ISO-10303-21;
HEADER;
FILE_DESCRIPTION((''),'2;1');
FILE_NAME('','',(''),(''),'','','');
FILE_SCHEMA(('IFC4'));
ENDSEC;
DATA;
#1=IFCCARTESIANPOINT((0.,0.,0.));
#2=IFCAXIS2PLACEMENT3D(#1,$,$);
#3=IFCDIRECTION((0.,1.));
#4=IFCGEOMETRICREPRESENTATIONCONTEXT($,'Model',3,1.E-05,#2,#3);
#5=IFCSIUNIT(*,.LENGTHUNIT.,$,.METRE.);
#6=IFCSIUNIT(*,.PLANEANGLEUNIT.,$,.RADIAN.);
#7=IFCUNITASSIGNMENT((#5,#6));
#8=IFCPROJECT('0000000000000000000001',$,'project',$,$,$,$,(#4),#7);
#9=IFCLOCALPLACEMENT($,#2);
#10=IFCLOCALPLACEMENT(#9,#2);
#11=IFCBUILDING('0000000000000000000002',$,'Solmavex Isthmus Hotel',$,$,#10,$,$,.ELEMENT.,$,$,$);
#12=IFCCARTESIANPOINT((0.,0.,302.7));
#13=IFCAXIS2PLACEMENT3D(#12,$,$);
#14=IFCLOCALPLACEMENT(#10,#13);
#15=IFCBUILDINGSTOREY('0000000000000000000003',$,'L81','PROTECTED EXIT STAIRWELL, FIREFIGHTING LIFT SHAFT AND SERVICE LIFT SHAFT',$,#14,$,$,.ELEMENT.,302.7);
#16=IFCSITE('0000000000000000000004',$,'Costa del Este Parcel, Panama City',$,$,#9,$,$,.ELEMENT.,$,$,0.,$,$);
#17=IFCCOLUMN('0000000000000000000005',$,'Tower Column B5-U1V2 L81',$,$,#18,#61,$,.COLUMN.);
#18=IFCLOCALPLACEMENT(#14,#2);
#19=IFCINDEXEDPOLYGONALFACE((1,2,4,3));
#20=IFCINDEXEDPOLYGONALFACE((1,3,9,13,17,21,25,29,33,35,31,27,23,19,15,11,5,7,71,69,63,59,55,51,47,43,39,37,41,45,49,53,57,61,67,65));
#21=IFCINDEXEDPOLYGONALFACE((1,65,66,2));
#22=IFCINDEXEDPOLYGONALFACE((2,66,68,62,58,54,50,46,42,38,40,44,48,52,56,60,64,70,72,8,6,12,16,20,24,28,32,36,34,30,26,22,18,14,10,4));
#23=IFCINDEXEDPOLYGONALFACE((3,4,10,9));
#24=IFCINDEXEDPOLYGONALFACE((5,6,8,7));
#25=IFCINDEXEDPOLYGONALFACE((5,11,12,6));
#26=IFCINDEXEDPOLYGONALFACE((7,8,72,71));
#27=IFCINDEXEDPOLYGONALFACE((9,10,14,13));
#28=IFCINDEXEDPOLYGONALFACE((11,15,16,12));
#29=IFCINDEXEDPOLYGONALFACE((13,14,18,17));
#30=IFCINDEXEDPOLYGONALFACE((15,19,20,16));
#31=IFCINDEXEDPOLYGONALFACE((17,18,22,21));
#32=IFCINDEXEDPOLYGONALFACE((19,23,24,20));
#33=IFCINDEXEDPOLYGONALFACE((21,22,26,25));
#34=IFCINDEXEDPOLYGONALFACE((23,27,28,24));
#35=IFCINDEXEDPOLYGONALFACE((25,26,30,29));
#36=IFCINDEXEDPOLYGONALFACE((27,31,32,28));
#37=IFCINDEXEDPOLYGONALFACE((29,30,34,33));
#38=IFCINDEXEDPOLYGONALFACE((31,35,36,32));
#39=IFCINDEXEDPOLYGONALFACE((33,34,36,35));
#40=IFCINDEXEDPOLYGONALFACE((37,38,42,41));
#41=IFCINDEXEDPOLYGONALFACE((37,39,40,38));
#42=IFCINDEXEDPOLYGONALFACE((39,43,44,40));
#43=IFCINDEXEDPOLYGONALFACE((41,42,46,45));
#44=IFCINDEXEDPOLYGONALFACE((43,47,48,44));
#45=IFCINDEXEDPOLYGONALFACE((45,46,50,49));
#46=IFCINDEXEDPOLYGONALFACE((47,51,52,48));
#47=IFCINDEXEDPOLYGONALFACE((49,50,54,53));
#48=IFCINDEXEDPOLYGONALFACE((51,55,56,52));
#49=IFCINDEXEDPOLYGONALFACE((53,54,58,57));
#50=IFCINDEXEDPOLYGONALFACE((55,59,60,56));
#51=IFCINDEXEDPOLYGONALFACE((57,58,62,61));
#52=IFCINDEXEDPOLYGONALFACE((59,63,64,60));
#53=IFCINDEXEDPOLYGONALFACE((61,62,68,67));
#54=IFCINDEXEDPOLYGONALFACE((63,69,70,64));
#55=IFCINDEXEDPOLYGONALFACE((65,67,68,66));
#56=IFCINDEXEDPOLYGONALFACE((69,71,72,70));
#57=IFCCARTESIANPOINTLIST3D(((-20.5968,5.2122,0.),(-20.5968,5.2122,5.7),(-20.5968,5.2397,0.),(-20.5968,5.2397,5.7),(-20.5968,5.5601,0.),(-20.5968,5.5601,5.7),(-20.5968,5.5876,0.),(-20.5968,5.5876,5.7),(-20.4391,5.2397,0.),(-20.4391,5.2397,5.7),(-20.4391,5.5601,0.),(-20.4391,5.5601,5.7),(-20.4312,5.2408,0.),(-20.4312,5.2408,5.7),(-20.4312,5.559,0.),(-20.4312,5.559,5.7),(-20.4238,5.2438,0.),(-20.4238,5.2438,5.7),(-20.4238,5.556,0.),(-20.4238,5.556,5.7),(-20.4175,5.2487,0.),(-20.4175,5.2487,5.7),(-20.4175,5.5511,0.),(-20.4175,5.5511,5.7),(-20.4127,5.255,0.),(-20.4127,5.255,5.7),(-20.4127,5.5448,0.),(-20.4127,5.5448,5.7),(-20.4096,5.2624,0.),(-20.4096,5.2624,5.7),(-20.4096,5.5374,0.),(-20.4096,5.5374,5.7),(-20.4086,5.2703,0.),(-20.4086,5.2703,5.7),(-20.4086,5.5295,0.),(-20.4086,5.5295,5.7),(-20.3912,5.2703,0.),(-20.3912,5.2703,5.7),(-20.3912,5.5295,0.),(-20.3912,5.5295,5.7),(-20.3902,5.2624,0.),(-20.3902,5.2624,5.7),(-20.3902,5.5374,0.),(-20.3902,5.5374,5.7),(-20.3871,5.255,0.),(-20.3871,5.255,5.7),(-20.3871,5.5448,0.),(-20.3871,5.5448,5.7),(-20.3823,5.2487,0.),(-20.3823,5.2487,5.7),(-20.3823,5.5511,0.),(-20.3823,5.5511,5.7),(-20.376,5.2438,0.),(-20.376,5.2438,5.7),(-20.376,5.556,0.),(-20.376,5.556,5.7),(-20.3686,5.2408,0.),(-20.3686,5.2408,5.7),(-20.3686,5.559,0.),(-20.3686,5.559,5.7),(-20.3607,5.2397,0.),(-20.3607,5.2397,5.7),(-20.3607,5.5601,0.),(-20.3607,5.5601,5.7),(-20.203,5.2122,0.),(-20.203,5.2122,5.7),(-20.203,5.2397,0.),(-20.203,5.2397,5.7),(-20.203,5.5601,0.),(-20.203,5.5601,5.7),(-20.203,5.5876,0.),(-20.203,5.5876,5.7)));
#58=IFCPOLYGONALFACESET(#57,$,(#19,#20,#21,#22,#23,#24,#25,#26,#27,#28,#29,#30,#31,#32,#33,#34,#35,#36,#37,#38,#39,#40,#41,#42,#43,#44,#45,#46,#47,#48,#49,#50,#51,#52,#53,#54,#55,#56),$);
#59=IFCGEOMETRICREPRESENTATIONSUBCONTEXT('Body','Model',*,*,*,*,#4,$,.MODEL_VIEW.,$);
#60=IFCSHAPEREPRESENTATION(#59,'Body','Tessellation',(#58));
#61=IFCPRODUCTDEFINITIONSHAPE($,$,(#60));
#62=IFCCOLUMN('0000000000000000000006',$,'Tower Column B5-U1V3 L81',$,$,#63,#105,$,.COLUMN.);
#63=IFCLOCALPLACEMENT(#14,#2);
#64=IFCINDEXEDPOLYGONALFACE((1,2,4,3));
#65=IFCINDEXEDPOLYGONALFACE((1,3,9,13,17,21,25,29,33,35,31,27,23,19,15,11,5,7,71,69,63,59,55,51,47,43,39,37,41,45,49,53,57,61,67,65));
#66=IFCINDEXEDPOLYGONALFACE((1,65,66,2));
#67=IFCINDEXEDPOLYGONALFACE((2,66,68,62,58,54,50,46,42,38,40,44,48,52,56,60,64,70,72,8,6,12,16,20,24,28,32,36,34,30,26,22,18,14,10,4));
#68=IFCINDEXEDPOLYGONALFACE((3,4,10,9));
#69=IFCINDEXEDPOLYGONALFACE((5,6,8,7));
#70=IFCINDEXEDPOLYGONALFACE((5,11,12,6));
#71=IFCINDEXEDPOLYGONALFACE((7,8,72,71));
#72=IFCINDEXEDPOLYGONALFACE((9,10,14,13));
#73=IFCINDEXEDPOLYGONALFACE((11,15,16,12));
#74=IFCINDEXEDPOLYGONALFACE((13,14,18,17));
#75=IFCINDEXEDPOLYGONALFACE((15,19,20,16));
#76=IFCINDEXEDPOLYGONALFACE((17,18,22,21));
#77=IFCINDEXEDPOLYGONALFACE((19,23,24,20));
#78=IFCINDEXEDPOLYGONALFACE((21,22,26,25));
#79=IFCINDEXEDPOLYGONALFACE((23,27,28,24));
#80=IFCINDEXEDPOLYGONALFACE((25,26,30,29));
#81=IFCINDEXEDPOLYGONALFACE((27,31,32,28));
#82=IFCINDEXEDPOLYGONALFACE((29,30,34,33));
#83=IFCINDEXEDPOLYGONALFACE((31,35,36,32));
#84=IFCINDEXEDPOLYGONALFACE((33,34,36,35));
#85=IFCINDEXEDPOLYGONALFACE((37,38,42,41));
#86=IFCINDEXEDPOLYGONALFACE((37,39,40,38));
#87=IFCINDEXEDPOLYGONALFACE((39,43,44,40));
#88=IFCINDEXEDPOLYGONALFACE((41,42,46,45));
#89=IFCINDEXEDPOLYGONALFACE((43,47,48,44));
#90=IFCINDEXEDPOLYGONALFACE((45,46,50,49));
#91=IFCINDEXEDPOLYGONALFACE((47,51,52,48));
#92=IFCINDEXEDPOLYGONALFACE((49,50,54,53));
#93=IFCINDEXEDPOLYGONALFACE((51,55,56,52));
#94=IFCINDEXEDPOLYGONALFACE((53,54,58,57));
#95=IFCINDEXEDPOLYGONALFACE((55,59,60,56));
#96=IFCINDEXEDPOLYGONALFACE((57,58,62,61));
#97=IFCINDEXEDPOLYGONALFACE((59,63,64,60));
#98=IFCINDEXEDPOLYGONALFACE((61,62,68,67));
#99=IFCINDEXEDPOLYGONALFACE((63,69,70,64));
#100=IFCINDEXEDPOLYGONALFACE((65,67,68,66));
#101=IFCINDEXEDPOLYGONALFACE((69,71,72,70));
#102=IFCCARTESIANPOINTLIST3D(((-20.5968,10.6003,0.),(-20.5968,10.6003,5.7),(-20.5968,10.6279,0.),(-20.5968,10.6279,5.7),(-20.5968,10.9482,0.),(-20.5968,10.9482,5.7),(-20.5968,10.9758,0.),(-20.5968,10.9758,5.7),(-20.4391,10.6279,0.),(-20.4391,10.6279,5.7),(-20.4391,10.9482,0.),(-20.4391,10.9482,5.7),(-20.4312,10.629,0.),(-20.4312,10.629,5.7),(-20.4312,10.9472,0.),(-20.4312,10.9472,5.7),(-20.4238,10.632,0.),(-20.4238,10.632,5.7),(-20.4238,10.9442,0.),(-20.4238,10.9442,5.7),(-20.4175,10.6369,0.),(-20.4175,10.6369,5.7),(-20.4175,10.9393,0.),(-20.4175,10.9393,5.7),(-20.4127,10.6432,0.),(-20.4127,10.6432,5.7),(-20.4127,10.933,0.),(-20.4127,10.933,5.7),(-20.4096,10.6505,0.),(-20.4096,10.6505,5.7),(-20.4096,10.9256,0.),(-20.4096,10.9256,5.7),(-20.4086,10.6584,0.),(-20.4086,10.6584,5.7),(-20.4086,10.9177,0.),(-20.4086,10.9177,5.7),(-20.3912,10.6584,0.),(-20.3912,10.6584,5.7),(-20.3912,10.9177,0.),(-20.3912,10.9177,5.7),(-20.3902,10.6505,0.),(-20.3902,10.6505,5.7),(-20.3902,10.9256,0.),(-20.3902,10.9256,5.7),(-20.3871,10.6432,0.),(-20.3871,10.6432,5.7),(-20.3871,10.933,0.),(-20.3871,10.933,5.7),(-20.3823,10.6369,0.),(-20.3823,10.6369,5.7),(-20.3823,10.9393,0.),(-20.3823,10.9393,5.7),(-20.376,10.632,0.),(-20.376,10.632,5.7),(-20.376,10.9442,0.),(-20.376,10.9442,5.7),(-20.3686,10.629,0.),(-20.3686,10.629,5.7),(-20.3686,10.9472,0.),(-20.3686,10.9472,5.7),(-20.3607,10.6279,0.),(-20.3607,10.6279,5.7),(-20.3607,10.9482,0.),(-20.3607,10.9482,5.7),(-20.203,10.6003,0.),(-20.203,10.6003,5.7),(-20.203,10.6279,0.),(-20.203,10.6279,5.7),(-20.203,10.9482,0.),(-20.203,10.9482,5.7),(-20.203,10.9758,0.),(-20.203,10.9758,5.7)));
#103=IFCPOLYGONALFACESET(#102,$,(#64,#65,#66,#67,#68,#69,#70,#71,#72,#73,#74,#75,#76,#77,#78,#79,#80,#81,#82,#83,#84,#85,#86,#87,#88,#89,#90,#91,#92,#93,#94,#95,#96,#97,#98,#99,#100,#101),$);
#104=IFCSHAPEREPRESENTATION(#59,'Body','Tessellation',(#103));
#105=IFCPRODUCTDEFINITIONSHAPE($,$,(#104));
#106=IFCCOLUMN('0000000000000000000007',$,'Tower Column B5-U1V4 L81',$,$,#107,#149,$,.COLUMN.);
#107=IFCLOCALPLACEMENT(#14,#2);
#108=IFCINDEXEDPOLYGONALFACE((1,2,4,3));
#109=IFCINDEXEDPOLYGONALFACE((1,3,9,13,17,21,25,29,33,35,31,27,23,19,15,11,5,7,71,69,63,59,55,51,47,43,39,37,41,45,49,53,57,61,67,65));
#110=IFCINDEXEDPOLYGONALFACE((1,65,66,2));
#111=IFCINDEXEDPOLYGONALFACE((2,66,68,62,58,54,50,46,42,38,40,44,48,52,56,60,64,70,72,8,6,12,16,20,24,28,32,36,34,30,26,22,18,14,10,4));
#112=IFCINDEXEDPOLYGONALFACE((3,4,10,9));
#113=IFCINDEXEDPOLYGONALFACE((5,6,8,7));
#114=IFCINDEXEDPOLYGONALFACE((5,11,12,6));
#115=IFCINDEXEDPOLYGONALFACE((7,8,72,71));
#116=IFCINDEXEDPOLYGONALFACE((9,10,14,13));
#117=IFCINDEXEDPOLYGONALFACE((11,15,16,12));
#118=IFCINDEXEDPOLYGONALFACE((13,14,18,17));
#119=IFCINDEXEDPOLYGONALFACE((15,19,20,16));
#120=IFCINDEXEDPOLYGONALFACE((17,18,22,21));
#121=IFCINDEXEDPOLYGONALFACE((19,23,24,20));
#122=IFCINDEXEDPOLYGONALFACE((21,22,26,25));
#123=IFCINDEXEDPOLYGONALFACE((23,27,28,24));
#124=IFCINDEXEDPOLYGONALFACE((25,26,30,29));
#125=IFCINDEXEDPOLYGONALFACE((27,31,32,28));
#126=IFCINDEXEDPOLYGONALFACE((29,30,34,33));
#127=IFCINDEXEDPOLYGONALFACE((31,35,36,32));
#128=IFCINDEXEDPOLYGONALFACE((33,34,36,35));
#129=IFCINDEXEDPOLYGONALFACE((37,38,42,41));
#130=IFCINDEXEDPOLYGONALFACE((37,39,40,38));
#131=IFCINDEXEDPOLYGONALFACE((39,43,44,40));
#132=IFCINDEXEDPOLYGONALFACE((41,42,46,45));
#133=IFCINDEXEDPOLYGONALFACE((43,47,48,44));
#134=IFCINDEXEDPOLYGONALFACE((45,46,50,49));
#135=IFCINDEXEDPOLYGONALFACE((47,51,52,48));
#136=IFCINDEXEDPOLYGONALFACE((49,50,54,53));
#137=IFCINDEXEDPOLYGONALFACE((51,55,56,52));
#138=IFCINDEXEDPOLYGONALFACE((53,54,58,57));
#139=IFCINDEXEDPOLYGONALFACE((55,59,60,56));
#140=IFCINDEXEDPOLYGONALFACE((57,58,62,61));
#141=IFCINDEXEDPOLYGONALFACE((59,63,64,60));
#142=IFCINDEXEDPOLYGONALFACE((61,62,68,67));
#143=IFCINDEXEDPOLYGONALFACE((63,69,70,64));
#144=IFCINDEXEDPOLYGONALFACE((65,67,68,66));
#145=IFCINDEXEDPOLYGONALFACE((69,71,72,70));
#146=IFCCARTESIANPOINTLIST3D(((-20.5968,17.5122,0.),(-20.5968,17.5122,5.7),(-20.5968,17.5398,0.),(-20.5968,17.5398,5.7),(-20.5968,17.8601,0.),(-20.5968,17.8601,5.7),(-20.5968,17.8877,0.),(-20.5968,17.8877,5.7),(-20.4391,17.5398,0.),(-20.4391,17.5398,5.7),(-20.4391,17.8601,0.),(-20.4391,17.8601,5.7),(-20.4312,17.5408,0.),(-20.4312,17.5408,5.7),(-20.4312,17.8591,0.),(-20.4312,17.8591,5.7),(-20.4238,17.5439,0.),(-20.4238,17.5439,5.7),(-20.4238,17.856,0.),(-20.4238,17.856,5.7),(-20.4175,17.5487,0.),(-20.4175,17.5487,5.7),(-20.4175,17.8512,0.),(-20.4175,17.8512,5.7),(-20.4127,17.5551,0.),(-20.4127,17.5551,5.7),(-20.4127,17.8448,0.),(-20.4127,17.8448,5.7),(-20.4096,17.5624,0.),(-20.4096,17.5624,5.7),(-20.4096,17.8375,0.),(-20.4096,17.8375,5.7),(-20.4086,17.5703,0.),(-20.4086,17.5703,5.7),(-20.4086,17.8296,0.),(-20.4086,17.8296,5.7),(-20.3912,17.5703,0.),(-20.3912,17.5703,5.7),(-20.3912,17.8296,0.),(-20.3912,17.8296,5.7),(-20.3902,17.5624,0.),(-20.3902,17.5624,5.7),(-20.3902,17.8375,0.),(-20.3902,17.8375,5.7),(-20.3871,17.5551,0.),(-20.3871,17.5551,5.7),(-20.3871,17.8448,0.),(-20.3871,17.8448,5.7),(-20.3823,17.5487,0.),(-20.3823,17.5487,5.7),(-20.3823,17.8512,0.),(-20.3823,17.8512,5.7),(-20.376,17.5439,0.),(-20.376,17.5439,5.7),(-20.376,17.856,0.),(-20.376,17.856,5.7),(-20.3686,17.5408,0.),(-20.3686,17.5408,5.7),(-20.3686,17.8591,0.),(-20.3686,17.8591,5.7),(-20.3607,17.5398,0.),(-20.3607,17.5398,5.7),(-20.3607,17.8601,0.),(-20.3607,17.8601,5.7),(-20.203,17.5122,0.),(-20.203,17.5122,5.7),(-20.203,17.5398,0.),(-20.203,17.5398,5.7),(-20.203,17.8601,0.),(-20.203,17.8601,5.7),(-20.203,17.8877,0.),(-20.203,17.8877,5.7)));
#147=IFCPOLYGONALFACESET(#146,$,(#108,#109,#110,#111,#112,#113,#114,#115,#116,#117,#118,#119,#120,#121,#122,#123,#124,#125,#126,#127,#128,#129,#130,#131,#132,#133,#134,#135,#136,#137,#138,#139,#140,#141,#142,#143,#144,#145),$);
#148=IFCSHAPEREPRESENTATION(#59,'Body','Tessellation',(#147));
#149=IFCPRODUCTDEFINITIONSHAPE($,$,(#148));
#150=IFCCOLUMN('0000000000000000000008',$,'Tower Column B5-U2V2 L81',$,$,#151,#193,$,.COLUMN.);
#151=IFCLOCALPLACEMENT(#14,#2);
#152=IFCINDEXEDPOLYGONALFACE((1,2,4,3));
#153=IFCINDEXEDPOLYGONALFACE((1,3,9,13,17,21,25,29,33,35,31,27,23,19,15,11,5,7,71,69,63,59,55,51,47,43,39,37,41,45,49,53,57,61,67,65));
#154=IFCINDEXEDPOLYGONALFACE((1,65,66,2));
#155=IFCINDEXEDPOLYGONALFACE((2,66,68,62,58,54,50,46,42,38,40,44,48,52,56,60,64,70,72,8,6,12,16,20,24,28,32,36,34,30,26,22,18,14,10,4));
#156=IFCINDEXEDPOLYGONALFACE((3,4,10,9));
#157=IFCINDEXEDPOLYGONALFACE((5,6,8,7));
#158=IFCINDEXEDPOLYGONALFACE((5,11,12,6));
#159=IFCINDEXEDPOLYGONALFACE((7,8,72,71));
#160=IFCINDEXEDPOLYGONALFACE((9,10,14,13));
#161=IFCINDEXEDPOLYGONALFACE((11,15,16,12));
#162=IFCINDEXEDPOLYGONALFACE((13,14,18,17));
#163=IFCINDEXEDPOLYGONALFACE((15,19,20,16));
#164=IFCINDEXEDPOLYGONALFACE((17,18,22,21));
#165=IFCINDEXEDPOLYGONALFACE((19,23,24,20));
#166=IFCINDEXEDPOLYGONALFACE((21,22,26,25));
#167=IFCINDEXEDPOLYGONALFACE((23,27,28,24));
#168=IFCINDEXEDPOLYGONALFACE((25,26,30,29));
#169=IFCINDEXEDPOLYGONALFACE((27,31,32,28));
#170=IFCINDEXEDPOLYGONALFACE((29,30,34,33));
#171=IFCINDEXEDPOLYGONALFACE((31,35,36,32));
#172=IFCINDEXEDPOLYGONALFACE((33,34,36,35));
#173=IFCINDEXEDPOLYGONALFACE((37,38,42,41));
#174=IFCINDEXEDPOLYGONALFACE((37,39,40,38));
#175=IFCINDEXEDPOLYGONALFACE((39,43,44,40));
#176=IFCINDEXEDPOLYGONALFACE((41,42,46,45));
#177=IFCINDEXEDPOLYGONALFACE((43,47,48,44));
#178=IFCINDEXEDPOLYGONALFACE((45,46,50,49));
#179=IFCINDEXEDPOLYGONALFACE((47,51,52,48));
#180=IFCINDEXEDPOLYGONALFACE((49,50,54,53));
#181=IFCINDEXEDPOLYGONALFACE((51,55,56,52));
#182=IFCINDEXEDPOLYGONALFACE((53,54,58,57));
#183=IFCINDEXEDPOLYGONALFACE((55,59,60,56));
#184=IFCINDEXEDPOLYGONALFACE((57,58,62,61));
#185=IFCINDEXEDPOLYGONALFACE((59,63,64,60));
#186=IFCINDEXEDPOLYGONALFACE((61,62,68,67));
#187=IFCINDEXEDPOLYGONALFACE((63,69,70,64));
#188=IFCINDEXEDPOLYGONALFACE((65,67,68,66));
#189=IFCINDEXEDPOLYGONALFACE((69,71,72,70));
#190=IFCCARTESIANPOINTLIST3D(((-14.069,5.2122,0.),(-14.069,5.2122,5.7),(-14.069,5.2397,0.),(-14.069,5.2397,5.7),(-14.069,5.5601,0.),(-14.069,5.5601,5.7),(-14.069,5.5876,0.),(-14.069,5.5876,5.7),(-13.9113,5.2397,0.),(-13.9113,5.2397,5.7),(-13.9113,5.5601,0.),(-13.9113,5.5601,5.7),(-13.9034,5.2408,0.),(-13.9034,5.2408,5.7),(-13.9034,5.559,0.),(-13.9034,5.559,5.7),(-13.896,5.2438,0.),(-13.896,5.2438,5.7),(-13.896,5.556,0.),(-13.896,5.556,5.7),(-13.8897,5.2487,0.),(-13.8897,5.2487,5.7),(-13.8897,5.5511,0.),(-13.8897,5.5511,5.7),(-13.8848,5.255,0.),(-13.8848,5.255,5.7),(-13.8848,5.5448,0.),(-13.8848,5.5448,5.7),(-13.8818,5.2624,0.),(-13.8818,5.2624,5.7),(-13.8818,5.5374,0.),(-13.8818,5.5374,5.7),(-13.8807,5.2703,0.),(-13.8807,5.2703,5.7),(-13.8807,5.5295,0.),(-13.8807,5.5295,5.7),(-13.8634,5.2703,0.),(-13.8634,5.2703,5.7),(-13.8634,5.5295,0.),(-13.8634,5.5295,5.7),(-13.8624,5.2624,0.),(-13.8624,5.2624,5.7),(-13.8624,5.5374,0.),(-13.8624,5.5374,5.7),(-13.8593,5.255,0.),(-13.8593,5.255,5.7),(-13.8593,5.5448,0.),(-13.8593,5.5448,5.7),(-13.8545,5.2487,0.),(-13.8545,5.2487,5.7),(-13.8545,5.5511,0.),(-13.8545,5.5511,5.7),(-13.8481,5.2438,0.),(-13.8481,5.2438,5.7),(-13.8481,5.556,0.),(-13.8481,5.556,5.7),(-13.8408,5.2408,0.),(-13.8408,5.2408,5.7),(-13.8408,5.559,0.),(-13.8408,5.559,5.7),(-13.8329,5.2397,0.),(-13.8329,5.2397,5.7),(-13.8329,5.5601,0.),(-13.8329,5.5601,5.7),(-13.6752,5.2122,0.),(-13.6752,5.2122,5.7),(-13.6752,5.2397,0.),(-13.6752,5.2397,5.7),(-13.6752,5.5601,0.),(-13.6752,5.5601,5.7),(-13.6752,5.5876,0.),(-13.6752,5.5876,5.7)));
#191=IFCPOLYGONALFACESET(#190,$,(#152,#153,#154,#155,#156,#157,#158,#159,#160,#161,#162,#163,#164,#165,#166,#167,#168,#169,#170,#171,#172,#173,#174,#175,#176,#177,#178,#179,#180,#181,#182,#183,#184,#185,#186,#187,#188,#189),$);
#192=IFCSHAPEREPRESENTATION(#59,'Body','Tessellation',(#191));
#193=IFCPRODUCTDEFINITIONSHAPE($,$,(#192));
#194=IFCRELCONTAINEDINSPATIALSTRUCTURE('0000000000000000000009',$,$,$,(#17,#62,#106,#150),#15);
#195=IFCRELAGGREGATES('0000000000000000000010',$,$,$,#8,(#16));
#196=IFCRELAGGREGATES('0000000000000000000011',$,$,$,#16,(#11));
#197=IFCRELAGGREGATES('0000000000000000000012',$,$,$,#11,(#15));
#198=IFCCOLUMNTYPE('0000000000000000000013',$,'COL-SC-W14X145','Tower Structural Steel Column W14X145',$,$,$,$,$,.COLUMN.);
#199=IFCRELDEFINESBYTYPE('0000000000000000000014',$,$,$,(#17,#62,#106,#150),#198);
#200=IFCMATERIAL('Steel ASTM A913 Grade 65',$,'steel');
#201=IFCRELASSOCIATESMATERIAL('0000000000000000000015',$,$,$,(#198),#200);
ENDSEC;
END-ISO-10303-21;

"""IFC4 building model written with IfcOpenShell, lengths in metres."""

from ifc_helpers import new_model, si_unit, direction, frame, origin, origin_2d, place, context, subcontext, project, spatial, i_section, extrude, material, material_profile, profile_set, type_object, element, save


model = new_model("IFC4")

# Units and contexts
model_context = context("Model", 3, precision=1e-05, world=origin(), true_north=direction((0.0, 1.0)))
body_context = subcontext(model_context, "Body", "Model", "MODEL_VIEW")
ifc_project = project(units=[si_unit("LENGTHUNIT", "METRE"), si_unit("PLANEANGLEUNIT", "RADIAN")], contexts=[model_context])

# Site, building, storey
site_placement = place(None, origin())
site = spatial("IfcSite", under=ifc_project, at=site_placement, Name="Costa del Este Parcel, Panama City", CompositionType="ELEMENT", RefElevation=0.0)
building_placement = place(site_placement, origin())
building = spatial("IfcBuilding", under=site, at=building_placement, Name="Solmavex Isthmus Hotel", CompositionType="ELEMENT")
storey_placement = place(building_placement, frame((0.0, 0.0, 302.7)))
storey = spatial("IfcBuildingStorey", under=building, at=storey_placement, Name="L81", Description="PROTECTED EXIT STAIRWELL, FIREFIGHTING LIFT SHAFT AND SERVICE LIFT SHAFT", CompositionType="ELEMENT", Elevation=302.7)

# Columns
ifc_material_1 = material(Name="Steel ASTM A913 Grade 65", Category="steel")
ifc_material_profile_1 = material_profile(ifc_material_1, i_section(OverallWidth=0.3938, OverallDepth=0.3755, WebThickness=0.0173, FlangeThickness=0.0276, FilletRadius=0.0305, at=origin_2d()), Name="W14X145")
ifc_profile_set_1 = profile_set([ifc_material_profile_1], Name="Steel ASTM A913 Grade 65")
column_type = type_object("IfcColumnType", Name="COL-SC-W14X145", Description="Tower Structural Steel Column W14X145", PredefinedType="COLUMN", material=ifc_profile_set_1)
for number, where, z_axis, x_axis, name in (
    (1, (-20.3999, 5.3999, 0.0), (0.0, 0.0, 1.0), (1.0, 0.0, 0.0), "Tower Column B5-U1V2 L81"),
    (2, (-20.3999, 10.7881, 0.0), (0.0, 0.0, 1.0), (1.0, 0.0, 0.0), "Tower Column B5-U1V3 L81"),
    (3, (-20.3999, 17.7, 0.0), (0.0, 0.0, 1.0), (1.0, 0.0, 0.0), "Tower Column B5-U1V4 L81"),
    (4, (-13.8721, 5.3999, 0.0), (0.0, 0.0, 1.0), (1.0, 0.0, 0.0), "Tower Column B5-U2V2 L81"),
):
    element("IfcColumn", number, at=place(storey_placement, frame(where, z_axis=z_axis, x_axis=x_axis)), inside=storey, type_object=column_type, Name=name, PredefinedType="COLUMN", context=body_context, shape_type="SweptSolid", body=[
        extrude(i_section(OverallWidth=0.3938, OverallDepth=0.3755, WebThickness=0.0173, FlangeThickness=0.0276, FilletRadius=0.0305, at=origin_2d()), origin(), (0.0, 0.0, 1.0), 5.7),
    ])

save(model, "model.ifc")
